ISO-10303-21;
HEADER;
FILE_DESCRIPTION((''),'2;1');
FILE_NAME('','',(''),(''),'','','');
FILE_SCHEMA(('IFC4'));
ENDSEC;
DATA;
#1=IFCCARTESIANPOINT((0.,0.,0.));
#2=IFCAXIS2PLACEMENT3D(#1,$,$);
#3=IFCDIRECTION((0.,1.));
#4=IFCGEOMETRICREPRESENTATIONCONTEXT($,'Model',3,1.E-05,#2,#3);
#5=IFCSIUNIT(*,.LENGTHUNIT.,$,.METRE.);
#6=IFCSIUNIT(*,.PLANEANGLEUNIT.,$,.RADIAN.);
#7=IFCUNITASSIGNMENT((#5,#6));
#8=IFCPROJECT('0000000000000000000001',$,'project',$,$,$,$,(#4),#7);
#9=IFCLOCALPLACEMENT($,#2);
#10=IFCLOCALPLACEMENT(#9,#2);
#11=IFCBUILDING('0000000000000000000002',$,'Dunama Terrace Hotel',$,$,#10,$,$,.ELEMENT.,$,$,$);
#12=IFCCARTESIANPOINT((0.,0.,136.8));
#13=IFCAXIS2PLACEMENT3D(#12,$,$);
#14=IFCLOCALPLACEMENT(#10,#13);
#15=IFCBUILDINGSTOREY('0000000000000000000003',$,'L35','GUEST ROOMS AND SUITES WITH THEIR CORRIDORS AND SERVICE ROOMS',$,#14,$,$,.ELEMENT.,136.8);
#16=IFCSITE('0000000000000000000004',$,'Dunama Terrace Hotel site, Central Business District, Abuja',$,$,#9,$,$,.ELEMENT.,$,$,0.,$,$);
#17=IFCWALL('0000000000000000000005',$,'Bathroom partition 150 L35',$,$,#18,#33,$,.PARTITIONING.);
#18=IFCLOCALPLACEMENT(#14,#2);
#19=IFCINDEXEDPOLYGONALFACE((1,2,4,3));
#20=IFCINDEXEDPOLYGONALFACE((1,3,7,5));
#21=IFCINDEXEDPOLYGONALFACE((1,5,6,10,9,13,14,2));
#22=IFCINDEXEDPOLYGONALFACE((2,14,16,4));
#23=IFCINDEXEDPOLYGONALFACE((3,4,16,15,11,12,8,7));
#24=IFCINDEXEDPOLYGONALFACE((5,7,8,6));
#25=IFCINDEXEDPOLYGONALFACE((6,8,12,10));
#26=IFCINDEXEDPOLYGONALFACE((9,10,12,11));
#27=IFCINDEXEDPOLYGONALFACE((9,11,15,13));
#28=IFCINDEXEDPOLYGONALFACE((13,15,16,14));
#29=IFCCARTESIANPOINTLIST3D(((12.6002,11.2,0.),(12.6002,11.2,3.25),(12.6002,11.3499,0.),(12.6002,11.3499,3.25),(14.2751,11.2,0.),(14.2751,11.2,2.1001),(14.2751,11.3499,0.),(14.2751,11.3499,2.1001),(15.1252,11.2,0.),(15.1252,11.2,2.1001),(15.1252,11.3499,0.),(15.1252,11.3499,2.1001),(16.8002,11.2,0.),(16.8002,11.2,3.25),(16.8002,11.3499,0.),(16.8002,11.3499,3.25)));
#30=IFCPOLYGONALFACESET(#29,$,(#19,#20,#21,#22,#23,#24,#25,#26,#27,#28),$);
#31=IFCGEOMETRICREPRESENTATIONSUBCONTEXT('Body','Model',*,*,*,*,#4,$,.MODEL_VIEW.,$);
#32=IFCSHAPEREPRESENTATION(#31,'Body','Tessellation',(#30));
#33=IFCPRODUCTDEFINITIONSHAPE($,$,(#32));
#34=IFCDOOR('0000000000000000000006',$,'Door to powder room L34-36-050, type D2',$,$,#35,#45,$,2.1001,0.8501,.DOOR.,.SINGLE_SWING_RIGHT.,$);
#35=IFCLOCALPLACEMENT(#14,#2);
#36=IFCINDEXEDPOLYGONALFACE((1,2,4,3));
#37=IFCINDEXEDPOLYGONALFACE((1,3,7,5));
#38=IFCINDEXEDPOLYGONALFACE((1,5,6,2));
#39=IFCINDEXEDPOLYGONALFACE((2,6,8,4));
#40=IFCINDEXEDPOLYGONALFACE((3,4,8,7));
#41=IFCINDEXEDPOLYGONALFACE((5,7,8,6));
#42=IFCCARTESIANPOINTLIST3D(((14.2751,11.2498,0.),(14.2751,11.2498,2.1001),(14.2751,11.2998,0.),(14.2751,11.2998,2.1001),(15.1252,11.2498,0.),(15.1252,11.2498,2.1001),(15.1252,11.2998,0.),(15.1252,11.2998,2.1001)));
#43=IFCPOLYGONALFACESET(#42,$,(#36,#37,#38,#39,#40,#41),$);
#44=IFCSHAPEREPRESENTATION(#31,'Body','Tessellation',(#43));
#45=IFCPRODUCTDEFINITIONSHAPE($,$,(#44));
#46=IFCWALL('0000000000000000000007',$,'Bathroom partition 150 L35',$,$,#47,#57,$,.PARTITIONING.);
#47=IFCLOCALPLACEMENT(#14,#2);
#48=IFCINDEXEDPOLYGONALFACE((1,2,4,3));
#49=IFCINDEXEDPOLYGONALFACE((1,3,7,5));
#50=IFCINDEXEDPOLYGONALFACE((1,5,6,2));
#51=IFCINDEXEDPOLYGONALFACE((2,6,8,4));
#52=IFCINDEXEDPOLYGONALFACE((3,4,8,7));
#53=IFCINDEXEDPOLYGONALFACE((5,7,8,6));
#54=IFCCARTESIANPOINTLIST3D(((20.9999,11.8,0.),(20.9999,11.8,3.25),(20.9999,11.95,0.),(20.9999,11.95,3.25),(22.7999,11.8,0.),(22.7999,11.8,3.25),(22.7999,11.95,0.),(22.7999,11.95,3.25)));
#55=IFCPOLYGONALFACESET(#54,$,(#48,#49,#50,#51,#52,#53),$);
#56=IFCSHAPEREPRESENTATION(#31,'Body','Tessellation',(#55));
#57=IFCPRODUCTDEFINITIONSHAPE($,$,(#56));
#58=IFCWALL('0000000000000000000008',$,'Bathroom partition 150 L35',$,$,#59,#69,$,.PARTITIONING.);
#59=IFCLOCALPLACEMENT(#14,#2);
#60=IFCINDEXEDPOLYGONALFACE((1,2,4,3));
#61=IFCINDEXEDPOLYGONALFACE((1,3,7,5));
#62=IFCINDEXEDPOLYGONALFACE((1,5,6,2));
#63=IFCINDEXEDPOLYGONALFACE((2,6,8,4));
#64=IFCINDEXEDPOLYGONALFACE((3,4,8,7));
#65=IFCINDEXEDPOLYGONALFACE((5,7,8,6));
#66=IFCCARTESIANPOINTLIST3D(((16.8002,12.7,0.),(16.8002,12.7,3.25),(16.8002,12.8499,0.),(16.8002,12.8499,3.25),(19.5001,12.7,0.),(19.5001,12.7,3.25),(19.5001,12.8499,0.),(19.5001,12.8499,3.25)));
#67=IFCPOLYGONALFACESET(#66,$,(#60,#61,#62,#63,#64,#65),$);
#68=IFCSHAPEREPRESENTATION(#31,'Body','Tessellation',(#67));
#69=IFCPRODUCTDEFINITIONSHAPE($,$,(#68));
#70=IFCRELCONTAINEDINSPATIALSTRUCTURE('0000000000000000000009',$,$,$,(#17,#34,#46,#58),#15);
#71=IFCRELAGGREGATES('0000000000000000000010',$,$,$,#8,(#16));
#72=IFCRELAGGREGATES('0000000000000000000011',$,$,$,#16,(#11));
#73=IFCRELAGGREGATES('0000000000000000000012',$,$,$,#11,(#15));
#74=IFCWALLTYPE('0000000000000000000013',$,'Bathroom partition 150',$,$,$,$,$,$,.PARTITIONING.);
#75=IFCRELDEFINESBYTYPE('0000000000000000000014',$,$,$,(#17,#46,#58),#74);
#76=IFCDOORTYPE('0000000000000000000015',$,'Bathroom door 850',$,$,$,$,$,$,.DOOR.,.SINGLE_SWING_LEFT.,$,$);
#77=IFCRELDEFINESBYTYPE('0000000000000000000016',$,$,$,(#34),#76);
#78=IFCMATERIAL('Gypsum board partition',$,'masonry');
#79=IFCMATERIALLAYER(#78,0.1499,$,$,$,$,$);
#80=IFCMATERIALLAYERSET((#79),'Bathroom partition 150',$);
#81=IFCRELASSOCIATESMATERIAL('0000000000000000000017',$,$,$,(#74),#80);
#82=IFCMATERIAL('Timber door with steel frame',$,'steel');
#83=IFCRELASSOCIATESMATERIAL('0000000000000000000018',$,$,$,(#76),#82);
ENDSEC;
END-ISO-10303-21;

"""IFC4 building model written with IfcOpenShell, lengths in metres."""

from ifc_helpers import new_model, si_unit, direction, frame, frame_2d, origin, place, context, subcontext, project, spatial, rectangle, extrude, material, layer, layer_set, type_object, element, fill, save


model = new_model("IFC4")

# Units and contexts
model_context = context("Model", 3, precision=1e-05, world=origin(), true_north=direction((0.0, 1.0)))
body_context = subcontext(model_context, "Body", "Model", "MODEL_VIEW")
ifc_project = project(units=[si_unit("LENGTHUNIT", "METRE"), si_unit("PLANEANGLEUNIT", "RADIAN")], contexts=[model_context])

# Site, building, storey
site_placement = place(None, origin())
site = spatial("IfcSite", under=ifc_project, at=site_placement, Name="Dunama Terrace Hotel site, Central Business District, Abuja", CompositionType="ELEMENT", RefElevation=0.0)
building_placement = place(site_placement, origin())
building = spatial("IfcBuilding", under=site, at=building_placement, Name="Dunama Terrace Hotel", CompositionType="ELEMENT")
storey_placement = place(building_placement, frame((0.0, 0.0, 136.8)))
storey = spatial("IfcBuildingStorey", under=building, at=storey_placement, Name="L35", Description="GUEST ROOMS AND SUITES WITH THEIR CORRIDORS AND SERVICE ROOMS", CompositionType="ELEMENT", Elevation=136.8)

# Shared definitions
ifc_material_1 = material(Name="Gypsum board partition", Category="masonry")
ifc_layer = layer(ifc_material_1, 0.1499)
ifc_layer_set = layer_set([ifc_layer], Name="Bathroom partition 150")
wall_type = type_object("IfcWallType", Name="Bathroom partition 150", PredefinedType="PARTITIONING", material=ifc_layer_set)

# Shared definitions
ifc_material_2 = material(Name="Timber door with steel frame", Category="steel")
door_type_1 = type_object("IfcDoorType", Name="Bathroom door 850", OperationType="SINGLE_SWING_LEFT", PredefinedType="DOOR", material=ifc_material_2)

# Wall, opening, door
wall_1_placement = place(storey_placement, frame((12.6001, 11.2749, 0.0), z_axis=(0.0, 0.0, 1.0), x_axis=(1.0, 0.0, 0.0)))
wall_1 = element("IfcWall", 1, at=wall_1_placement, inside=storey, type_object=wall_type, Name="Bathroom partition 150 L35", PredefinedType="PARTITIONING", context=body_context, shape_type="SweptSolid", body=[
    extrude(rectangle(XDim=4.2, YDim=0.1499, at=frame_2d((2.1001, 0.0))), origin(), (0.0, 0.0, 1.0), 3.25),
])
opening_1_placement = place(wall_1_placement, frame((1.675, 0.0, 0.0)))
opening_1 = element("IfcOpeningElement", 2, at=opening_1_placement, cuts=wall_1, PredefinedType="OPENING", context=body_context, shape_type="SweptSolid", body=[
    extrude(rectangle(XDim=0.8501, YDim=2.1001, at=frame_2d((0.425, 1.05))), frame((0.0, 0.085, 0.0), z_axis=(0.0, -1.0, 0.0), x_axis=(1.0, 0.0, 0.0)), (0.0, 0.0, 1.0), 0.1699),
])
door_1_placement = place(opening_1_placement, origin())
door_1 = element("IfcDoor", 3, at=door_1_placement, inside=storey, type_object=door_type_1, Name="Door to powder room L34-36-050, type D2", OperationType="SINGLE_SWING_RIGHT", OverallHeight=2.1001, OverallWidth=0.8501, PredefinedType="DOOR", context=body_context, shape_type="SweptSolid", body=[
    extrude(rectangle(XDim=0.8501, YDim=2.1001, at=frame_2d((0.425, 1.05))), frame((0.0, 0.0249, 0.0), z_axis=(0.0, -1.0, 0.0), x_axis=(1.0, 0.0, 0.0)), (0.0, 0.0, 1.0), 0.05),
])
fill(opening_1, door_1)

# Walls
wall_2_placement = place(storey_placement, frame((21.0, 11.875, 0.0), z_axis=(0.0, 0.0, 1.0), x_axis=(1.0, 0.0, 0.0)))
element("IfcWall", 4, at=wall_2_placement, inside=storey, type_object=wall_type, Name="Bathroom partition 150 L35", PredefinedType="PARTITIONING", context=body_context, shape_type="SweptSolid", body=[
    extrude(rectangle(XDim=1.8, YDim=0.1499, at=frame_2d((0.8999, 0.0))), origin(), (0.0, 0.0, 1.0), 3.25),
])
wall_3_placement = place(storey_placement, frame((16.8, 12.7749, 0.0), z_axis=(0.0, 0.0, 1.0), x_axis=(1.0, 0.0, 0.0)))
element("IfcWall", 5, at=wall_3_placement, inside=storey, type_object=wall_type, Name="Bathroom partition 150 L35", PredefinedType="PARTITIONING", context=body_context, shape_type="SweptSolid", body=[
    extrude(rectangle(XDim=2.7, YDim=0.1499, at=frame_2d((1.3501, 0.0))), origin(), (0.0, 0.0, 1.0), 3.25),
])

save(model, "model.ifc")
